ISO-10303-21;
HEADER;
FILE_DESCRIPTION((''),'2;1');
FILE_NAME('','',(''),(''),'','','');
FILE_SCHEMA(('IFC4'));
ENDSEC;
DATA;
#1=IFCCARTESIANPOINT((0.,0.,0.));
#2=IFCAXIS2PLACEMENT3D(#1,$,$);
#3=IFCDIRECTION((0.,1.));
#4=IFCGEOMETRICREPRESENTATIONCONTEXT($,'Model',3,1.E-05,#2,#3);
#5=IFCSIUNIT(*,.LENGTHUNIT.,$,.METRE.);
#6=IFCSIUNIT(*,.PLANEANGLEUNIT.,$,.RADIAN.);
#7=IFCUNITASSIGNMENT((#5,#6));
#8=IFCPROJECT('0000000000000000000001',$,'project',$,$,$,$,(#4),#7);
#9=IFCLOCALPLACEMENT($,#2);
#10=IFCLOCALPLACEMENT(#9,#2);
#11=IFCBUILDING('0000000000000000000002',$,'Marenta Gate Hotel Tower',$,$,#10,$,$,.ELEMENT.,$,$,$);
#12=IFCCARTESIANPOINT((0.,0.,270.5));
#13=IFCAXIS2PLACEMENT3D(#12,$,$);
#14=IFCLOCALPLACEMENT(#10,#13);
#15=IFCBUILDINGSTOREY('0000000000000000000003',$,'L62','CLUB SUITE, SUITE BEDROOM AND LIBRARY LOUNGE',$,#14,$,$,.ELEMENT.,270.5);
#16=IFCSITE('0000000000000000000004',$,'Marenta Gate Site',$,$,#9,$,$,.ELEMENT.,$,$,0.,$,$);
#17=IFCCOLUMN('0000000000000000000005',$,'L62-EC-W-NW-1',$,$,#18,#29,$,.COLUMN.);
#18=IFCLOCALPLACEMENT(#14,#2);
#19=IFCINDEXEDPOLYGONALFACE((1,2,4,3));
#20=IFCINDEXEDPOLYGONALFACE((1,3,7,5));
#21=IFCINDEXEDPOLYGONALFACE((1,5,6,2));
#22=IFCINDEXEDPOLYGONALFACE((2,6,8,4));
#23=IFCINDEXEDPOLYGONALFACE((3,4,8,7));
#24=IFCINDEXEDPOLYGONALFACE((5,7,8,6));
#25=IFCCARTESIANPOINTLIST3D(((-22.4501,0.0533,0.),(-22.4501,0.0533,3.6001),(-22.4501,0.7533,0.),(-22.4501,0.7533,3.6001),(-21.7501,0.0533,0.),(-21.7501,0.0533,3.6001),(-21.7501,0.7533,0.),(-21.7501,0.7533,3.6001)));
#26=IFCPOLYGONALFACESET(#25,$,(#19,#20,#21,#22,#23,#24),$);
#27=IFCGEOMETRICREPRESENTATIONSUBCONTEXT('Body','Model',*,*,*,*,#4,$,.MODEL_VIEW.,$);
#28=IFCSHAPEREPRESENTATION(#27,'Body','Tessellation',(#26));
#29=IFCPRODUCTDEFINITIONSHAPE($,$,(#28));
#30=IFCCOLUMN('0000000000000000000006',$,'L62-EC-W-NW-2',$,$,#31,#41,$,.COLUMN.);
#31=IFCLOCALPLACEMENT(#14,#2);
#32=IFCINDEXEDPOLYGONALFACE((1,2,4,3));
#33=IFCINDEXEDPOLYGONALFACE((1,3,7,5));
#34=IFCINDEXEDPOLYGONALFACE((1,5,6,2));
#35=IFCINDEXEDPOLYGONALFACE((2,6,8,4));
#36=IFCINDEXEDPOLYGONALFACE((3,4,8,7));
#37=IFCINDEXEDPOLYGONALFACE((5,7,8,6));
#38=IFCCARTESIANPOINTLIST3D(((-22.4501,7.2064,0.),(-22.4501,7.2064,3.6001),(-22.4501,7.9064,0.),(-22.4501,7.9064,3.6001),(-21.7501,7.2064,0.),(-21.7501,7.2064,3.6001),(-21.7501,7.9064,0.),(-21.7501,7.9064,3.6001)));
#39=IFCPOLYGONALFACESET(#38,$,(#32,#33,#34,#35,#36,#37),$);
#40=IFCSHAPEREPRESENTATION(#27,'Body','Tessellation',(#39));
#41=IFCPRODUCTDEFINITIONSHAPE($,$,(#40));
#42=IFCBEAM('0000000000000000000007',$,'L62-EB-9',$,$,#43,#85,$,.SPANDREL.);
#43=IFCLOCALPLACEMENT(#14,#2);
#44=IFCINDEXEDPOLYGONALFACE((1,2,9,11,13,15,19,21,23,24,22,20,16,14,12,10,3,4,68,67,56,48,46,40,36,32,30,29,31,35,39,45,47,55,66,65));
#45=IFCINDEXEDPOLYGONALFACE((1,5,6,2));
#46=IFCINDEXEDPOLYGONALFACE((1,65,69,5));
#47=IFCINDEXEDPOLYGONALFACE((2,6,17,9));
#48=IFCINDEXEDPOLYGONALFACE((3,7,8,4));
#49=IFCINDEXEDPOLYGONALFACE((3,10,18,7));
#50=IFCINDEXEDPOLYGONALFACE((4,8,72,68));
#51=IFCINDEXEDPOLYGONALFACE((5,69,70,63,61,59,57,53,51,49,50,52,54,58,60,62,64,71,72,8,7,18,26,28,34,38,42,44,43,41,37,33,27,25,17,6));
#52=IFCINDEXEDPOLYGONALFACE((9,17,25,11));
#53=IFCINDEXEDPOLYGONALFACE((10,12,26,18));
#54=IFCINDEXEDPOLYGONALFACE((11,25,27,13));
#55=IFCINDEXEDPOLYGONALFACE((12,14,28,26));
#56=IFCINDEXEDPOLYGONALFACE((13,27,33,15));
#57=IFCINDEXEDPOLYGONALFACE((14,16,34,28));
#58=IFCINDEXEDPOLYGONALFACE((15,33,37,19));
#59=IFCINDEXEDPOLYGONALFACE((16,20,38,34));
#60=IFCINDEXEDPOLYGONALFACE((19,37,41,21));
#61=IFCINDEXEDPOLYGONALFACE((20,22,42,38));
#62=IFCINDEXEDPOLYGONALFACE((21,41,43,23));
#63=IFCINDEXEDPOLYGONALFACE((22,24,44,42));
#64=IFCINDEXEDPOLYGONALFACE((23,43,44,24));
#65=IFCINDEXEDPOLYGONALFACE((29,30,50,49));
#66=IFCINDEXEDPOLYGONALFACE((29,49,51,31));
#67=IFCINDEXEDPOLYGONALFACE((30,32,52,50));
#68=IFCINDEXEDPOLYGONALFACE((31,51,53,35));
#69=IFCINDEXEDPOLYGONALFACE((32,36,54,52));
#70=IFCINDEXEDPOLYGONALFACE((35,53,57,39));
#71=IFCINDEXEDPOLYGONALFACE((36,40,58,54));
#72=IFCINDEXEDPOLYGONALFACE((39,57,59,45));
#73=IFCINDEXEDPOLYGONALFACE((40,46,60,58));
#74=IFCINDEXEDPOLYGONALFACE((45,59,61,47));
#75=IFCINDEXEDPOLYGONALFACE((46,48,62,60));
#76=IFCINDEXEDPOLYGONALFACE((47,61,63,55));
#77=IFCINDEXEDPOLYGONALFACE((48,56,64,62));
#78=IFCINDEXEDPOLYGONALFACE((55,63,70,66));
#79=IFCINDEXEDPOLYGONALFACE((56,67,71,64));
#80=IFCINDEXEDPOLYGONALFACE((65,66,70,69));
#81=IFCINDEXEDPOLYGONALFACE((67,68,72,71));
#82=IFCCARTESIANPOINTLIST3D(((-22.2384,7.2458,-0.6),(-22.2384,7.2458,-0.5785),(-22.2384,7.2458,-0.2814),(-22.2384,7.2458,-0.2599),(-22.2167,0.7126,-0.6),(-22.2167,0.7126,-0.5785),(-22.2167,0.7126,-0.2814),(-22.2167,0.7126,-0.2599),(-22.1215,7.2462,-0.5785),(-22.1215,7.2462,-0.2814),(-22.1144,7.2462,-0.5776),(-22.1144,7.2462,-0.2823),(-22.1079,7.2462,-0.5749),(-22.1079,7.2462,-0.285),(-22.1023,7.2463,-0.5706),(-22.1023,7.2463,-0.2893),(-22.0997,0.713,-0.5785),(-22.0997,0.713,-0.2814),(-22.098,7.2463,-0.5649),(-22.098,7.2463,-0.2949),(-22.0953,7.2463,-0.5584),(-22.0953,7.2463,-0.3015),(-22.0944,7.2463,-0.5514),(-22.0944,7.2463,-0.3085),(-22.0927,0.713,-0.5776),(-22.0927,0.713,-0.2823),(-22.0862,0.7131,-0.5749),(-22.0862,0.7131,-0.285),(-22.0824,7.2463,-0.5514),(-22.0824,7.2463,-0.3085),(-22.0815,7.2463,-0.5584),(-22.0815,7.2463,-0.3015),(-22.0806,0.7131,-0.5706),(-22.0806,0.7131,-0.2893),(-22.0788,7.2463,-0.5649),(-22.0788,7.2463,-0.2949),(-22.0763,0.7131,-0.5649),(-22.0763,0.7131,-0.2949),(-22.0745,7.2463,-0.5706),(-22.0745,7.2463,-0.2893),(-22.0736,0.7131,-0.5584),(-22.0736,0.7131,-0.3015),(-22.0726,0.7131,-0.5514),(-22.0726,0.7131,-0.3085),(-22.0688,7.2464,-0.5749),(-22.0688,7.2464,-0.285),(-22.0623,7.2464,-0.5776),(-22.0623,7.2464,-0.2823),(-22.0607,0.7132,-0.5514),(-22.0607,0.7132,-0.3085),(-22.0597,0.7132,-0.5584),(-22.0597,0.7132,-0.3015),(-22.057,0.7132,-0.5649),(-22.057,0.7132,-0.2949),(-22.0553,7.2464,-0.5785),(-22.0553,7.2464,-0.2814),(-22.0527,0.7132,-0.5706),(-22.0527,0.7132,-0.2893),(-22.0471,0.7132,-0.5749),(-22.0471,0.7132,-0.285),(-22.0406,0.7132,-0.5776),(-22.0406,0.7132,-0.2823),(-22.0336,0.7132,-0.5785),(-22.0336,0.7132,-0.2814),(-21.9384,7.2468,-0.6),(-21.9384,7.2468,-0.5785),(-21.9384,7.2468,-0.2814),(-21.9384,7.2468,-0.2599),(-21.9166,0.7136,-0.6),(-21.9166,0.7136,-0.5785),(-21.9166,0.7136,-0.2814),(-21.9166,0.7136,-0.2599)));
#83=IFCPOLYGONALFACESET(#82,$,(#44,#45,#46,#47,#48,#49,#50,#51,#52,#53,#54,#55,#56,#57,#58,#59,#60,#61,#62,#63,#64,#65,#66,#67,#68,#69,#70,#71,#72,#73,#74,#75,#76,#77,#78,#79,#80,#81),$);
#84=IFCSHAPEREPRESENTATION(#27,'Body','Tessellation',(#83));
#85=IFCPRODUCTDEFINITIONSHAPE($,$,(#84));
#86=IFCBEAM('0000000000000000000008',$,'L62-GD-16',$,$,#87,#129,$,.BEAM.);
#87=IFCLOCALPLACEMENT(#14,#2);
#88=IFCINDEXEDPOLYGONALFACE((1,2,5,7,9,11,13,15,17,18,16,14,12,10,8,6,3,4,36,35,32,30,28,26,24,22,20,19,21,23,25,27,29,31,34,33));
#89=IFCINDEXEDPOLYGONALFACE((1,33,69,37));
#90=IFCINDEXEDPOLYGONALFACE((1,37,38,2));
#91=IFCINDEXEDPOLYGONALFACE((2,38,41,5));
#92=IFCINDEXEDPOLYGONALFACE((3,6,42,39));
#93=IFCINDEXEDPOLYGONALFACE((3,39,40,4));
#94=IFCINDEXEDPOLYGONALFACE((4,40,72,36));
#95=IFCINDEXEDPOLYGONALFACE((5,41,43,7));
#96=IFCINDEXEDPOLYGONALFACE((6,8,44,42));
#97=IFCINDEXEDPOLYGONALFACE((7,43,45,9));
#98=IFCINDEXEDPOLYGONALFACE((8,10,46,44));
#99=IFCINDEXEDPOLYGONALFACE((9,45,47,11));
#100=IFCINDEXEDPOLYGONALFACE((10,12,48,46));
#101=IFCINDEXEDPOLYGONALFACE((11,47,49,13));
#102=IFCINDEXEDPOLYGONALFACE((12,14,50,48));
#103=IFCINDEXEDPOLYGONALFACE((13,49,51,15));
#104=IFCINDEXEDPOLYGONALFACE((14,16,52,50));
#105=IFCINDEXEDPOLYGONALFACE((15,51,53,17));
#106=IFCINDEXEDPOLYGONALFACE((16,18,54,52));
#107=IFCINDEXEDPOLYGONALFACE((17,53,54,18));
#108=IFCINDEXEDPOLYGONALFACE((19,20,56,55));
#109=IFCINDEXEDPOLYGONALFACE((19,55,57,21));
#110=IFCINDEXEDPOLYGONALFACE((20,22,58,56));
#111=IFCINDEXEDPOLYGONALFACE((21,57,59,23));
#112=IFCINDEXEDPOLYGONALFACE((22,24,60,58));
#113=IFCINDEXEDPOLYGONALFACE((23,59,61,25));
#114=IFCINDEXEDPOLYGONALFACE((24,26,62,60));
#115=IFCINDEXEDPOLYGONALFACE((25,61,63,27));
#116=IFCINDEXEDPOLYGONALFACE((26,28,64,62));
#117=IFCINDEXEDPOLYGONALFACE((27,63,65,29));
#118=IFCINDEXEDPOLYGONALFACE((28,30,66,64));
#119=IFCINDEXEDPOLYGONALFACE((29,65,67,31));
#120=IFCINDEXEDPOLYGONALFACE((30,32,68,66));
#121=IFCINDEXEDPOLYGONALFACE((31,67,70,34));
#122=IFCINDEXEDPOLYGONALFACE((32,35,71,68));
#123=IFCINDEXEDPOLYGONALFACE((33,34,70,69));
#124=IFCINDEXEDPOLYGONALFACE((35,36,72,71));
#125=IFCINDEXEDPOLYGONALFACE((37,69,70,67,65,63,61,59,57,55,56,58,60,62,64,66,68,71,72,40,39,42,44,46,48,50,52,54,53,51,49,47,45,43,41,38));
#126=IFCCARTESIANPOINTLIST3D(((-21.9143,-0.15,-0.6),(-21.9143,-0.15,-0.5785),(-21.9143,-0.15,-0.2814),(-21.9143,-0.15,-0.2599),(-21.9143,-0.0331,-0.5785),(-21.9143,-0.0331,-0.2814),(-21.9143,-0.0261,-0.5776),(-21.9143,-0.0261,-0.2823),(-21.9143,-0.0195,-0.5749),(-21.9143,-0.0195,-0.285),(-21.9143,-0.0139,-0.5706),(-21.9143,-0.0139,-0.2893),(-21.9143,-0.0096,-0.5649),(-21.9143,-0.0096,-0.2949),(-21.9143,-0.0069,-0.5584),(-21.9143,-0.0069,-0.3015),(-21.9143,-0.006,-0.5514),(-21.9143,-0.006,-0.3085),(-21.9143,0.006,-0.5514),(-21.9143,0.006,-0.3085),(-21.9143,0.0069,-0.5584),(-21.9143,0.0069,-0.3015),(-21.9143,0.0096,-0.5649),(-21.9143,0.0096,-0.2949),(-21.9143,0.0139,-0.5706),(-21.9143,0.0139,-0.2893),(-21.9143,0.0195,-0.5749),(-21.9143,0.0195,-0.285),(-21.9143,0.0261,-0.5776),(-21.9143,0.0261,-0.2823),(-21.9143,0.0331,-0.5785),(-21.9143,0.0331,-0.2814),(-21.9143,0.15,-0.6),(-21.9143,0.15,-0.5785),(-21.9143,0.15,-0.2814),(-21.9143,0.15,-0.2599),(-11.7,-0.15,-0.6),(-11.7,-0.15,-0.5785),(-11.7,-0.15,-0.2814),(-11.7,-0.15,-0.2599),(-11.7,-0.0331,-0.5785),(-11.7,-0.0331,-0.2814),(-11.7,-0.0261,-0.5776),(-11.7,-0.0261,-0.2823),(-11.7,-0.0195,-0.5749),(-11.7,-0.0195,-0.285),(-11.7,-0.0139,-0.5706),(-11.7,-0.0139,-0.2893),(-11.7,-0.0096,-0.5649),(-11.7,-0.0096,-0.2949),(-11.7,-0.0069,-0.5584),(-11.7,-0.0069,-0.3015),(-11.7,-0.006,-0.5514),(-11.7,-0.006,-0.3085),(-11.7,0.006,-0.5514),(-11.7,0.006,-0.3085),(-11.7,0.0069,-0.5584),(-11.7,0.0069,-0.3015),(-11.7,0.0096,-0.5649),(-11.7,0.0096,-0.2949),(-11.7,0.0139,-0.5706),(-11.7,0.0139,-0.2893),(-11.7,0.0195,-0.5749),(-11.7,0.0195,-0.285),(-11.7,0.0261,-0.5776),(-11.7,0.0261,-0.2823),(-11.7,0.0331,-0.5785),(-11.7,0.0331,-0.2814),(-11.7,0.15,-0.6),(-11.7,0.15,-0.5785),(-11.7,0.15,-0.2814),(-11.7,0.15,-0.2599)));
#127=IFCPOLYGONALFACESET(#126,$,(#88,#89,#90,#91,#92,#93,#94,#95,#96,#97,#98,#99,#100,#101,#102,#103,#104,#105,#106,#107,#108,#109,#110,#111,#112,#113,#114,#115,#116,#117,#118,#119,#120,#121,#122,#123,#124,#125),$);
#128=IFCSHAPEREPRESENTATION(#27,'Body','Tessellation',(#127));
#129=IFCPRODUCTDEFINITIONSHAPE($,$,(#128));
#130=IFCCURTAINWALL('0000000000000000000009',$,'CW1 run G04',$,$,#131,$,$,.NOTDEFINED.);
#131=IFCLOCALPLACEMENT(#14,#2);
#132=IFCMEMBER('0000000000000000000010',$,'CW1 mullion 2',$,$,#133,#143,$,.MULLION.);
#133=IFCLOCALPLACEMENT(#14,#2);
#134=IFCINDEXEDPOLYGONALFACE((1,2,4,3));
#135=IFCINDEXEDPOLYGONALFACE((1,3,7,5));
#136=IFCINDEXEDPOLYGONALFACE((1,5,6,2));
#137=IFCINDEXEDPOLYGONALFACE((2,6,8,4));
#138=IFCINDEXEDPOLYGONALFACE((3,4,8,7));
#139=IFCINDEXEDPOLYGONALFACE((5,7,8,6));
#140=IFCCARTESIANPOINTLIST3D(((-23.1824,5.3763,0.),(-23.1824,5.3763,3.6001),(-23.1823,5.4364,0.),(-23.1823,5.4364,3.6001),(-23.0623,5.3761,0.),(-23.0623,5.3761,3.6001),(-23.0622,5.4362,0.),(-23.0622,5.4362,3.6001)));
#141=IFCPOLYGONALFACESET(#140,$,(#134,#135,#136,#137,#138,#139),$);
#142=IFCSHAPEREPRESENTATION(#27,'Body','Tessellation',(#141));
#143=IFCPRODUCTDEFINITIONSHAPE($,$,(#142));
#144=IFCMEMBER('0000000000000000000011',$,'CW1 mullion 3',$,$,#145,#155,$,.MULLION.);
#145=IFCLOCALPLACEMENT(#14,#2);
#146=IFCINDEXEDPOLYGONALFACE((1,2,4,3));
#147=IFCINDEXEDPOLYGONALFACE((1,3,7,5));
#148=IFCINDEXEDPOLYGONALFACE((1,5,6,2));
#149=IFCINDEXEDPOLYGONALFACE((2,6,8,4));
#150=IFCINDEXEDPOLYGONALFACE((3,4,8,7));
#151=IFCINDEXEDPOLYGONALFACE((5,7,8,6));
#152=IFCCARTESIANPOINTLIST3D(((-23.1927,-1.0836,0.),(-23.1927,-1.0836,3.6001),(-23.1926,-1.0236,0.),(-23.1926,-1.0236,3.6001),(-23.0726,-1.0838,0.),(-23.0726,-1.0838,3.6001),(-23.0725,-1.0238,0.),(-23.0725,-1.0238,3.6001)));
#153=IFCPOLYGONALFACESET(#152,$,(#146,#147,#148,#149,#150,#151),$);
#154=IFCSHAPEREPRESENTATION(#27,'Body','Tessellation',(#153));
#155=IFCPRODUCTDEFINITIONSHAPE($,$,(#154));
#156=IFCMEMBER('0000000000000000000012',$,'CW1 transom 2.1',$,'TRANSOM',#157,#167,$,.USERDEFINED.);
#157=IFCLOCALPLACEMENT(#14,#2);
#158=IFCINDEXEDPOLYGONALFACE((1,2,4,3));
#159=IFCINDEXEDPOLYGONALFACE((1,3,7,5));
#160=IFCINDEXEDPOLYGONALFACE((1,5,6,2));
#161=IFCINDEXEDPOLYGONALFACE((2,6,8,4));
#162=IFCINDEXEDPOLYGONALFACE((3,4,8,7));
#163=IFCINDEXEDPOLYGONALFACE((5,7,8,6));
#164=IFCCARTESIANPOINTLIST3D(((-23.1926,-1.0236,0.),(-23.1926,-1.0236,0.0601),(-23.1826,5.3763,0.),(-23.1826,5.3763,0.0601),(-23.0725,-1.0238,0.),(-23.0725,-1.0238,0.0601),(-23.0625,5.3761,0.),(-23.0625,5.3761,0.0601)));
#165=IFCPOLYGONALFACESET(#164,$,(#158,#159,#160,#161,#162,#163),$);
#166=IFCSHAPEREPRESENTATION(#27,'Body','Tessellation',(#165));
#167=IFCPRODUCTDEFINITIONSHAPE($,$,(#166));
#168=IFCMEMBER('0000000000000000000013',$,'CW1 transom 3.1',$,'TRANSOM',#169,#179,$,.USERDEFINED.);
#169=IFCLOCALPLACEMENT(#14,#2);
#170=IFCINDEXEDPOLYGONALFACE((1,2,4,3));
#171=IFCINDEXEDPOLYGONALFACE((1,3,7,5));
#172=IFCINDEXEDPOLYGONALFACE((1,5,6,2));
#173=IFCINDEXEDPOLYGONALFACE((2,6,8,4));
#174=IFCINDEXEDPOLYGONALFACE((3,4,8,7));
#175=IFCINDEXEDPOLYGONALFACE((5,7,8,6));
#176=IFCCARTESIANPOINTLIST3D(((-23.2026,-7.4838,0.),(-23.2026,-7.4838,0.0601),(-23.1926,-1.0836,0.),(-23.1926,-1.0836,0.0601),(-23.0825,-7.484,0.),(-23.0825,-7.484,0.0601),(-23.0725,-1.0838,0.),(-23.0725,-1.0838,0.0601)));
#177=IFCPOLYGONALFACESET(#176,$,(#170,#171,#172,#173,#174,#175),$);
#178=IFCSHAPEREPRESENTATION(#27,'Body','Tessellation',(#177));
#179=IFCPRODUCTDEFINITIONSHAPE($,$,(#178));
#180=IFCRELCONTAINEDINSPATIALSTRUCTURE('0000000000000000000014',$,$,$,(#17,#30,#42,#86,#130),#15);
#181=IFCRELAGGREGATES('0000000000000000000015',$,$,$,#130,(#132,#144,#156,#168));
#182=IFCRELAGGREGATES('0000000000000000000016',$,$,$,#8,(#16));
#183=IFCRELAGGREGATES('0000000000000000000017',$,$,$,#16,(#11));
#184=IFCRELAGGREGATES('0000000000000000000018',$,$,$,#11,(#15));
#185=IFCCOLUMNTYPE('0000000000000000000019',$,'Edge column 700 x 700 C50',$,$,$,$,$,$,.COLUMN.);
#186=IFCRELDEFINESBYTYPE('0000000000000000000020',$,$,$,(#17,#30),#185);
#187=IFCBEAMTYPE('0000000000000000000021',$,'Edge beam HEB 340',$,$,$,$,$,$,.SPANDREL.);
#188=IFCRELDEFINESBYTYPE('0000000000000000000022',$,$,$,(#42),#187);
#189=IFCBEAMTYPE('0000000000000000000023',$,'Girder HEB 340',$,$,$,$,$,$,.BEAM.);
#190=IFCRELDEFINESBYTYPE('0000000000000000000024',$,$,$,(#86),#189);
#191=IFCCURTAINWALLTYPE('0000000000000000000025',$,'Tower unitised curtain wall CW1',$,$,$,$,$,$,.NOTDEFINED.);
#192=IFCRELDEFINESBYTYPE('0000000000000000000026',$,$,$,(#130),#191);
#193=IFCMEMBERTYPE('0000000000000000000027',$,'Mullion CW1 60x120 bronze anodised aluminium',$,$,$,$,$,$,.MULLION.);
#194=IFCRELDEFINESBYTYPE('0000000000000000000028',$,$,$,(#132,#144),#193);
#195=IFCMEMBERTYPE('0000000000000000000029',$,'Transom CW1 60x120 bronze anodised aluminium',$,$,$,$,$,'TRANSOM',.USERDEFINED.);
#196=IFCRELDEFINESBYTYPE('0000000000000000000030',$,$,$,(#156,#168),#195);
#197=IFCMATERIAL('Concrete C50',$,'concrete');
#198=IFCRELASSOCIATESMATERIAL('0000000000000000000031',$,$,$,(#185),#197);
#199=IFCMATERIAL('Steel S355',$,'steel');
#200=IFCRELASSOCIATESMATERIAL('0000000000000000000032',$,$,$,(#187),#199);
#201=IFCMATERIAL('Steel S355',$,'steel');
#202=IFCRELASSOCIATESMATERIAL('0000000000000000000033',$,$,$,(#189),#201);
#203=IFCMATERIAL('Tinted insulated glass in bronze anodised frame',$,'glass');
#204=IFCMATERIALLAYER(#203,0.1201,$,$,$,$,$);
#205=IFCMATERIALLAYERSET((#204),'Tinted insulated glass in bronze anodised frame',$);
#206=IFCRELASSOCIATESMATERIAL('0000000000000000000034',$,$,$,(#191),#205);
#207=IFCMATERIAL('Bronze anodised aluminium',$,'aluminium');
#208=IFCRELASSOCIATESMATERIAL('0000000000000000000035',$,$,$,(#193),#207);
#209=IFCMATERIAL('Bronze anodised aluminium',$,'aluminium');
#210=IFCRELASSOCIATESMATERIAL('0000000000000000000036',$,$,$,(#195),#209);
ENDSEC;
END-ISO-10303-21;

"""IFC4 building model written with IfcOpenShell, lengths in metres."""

from ifc_helpers import new_model, si_unit, direction, frame, origin, origin_2d, place, context, subcontext, project, spatial, rectangle, i_section, extrude, material, layer, layer_set, material_profile, profile_set, type_object, element, aggregate, save


model = new_model("IFC4")

# Units and contexts
model_context = context("Model", 3, precision=1e-05, world=origin(), true_north=direction((0.0, 1.0)))
body_context = subcontext(model_context, "Body", "Model", "MODEL_VIEW")
ifc_project = project(units=[si_unit("LENGTHUNIT", "METRE"), si_unit("PLANEANGLEUNIT", "RADIAN")], contexts=[model_context])

# Site, building, storey
site_placement = place(None, origin())
site = spatial("IfcSite", under=ifc_project, at=site_placement, Name="Marenta Gate Site", CompositionType="ELEMENT", RefElevation=0.0)
building_placement = place(site_placement, origin())
building = spatial("IfcBuilding", under=site, at=building_placement, Name="Marenta Gate Hotel Tower", CompositionType="ELEMENT")
storey_placement = place(building_placement, frame((0.0, 0.0, 270.5)))
storey = spatial("IfcBuildingStorey", under=building, at=storey_placement, Name="L62", Description="CLUB SUITE, SUITE BEDROOM AND LIBRARY LOUNGE", CompositionType="ELEMENT", Elevation=270.5)

# Columns
ifc_material_1 = material(Name="Concrete C50", Category="concrete")
ifc_material_profile_1 = material_profile(ifc_material_1, rectangle(XDim=0.7, YDim=0.7, at=origin_2d()), Name="700 x 700")
ifc_profile_set_1 = profile_set([ifc_material_profile_1], Name="Concrete C50")
column_type = type_object("IfcColumnType", Name="Edge column 700 x 700 C50", PredefinedType="COLUMN", material=ifc_profile_set_1)
for number, where, z_axis, x_axis, name in (
    (1, (-22.1001, 0.4033, 0.0), (0.0, 0.0, 1.0), (1.0, 0.0, 0.0), "L62-EC-W-NW-1"),
    (2, (-22.1001, 7.5564, 0.0), (0.0, 0.0, 1.0), (1.0, 0.0, 0.0), "L62-EC-W-NW-2"),
):
    element("IfcColumn", number, at=place(storey_placement, frame(where, z_axis=z_axis, x_axis=x_axis)), inside=storey, type_object=column_type, Name=name, PredefinedType="COLUMN", context=body_context, shape_type="SweptSolid", body=[
        extrude(rectangle(XDim=0.7, YDim=0.7, at=origin_2d()), origin(), (0.0, 0.0, 1.0), 3.6001),
    ])

# Beams
ifc_material_2 = material(Name="Steel S355", Category="steel")
ifc_material_profile_2 = material_profile(ifc_material_2, i_section(OverallWidth=0.3, OverallDepth=0.3401, WebThickness=0.012, FlangeThickness=0.0215, FilletRadius=0.0271, at=origin_2d()), Name="HEB 340")
ifc_profile_set_2 = profile_set([ifc_material_profile_2], Name="Steel S355")
beam_type_1 = type_object("IfcBeamType", Name="Edge beam HEB 340", PredefinedType="SPANDREL", material=ifc_profile_set_2)
beam_1_placement = place(storey_placement, frame((-22.0667, 0.7131, -0.4299), z_axis=(-0.003326, 0.999994, 0.0), x_axis=(-0.999994, -0.003326, 0.0)))
element("IfcBeam", 3, at=beam_1_placement, inside=storey, type_object=beam_type_1, Name="L62-EB-9", PredefinedType="SPANDREL", context=body_context, shape_type="SweptSolid", body=[
    extrude(i_section(OverallWidth=0.3, OverallDepth=0.3401, WebThickness=0.012, FlangeThickness=0.0215, FilletRadius=0.0271, at=origin_2d()), origin(), (0.0, 0.0, 1.0), 6.5332),
])
ifc_material_3 = material(Name="Steel S355", Category="steel")
ifc_material_profile_3 = material_profile(ifc_material_3, i_section(OverallWidth=0.3, OverallDepth=0.3401, WebThickness=0.012, FlangeThickness=0.0215, FilletRadius=0.0271, at=origin_2d()), Name="HEB 340")
ifc_profile_set_3 = profile_set([ifc_material_profile_3], Name="Steel S355")
beam_type_2 = type_object("IfcBeamType", Name="Girder HEB 340", PredefinedType="BEAM", material=ifc_profile_set_3)
beam_2_placement = place(storey_placement, frame((-21.9143, 0.0, -0.4299), z_axis=(1.0, 0.0, 0.0), x_axis=(0.0, 1.0, 0.0)))
element("IfcBeam", 4, at=beam_2_placement, inside=storey, type_object=beam_type_2, Name="L62-GD-16", PredefinedType="BEAM", context=body_context, shape_type="SweptSolid", body=[
    extrude(i_section(OverallWidth=0.3, OverallDepth=0.3401, WebThickness=0.012, FlangeThickness=0.0215, FilletRadius=0.0271, at=origin_2d()), origin(), (0.0, 0.0, 1.0), 10.2144),
])

# Curtain wall, members
ifc_material_4 = material(Name="Tinted insulated glass in bronze anodised frame", Category="glass")
ifc_layer_1 = layer(ifc_material_4, 0.1201)
ifc_layer_set_1 = layer_set([ifc_layer_1], Name="Tinted insulated glass in bronze anodised frame")
curtain_wall_type = type_object("IfcCurtainWallType", Name="Tower unitised curtain wall CW1", PredefinedType="NOTDEFINED", material=ifc_layer_set_1)
curtain_wall_placement = place(storey_placement, origin())
curtain_wall = element("IfcCurtainWall", 5, at=curtain_wall_placement, inside=storey, type_object=curtain_wall_type, Name="CW1 run G04", PredefinedType="NOTDEFINED")
ifc_material_5 = material(Name="Bronze anodised aluminium", Category="aluminium")
ifc_material_profile_4 = material_profile(ifc_material_5, rectangle(XDim=0.1201, YDim=0.0601, at=origin_2d()), Name="Mullion CW1 60x120 bronze anodised aluminium")
ifc_profile_set_4 = profile_set([ifc_material_profile_4], Name="Bronze anodised aluminium")
member_type_1 = type_object("IfcMemberType", Name="Mullion CW1 60x120 bronze anodised aluminium", PredefinedType="MULLION", material=ifc_profile_set_4)
member_1_placement = place(storey_placement, frame((-23.1223, 5.4062, 0.0), z_axis=(0.0, 0.0, 1.0), x_axis=(0.999999, -0.001566, 0.0)))
member_1 = element("IfcMember", 6, at=member_1_placement, type_object=member_type_1, Name="CW1 mullion 2", PredefinedType="MULLION", context=body_context, shape_type="SweptSolid", body=[
    extrude(rectangle(XDim=0.1201, YDim=0.0601, at=origin_2d()), origin(), (0.0, 0.0, 1.0), 3.6001),
])
member_2_placement = place(storey_placement, frame((-23.1326, -1.0537, 0.0), z_axis=(0.0, 0.0, 1.0), x_axis=(0.999999, -0.001566, 0.0)))
member_2 = element("IfcMember", 7, at=member_2_placement, type_object=member_type_1, Name="CW1 mullion 3", PredefinedType="MULLION", context=body_context, shape_type="SweptSolid", body=[
    extrude(rectangle(XDim=0.1201, YDim=0.0601, at=origin_2d()), origin(), (0.0, 0.0, 1.0), 3.6001),
])
ifc_material_6 = material(Name="Bronze anodised aluminium", Category="aluminium")
ifc_material_profile_5 = material_profile(ifc_material_6, rectangle(XDim=0.1201, YDim=0.0601, at=origin_2d()), Name="Transom CW1 60x120 bronze anodised aluminium")
ifc_profile_set_5 = profile_set([ifc_material_profile_5], Name="Bronze anodised aluminium")
member_type_2 = type_object("IfcMemberType", Name="Transom CW1 60x120 bronze anodised aluminium", ElementType="TRANSOM", PredefinedType="USERDEFINED", material=ifc_profile_set_5)
member_3_placement = place(storey_placement, frame((-23.1226, 5.3762, 0.03), z_axis=(-0.001564, -0.999999, 0.0), x_axis=(0.999999, -0.001564, 0.0)))
member_3 = element("IfcMember", 8, at=member_3_placement, type_object=member_type_2, Name="CW1 transom 2.1", ObjectType="TRANSOM", PredefinedType="USERDEFINED", context=body_context, shape_type="SweptSolid", body=[
    extrude(rectangle(XDim=0.1201, YDim=0.0601, at=origin_2d()), origin(), (0.0, 0.0, 1.0), 6.3999),
])
member_4_placement = place(storey_placement, frame((-23.1326, -1.0837, 0.03), z_axis=(-0.001564, -0.999999, 0.0), x_axis=(0.999999, -0.001564, 0.0)))
member_4 = element("IfcMember", 9, at=member_4_placement, type_object=member_type_2, Name="CW1 transom 3.1", ObjectType="TRANSOM", PredefinedType="USERDEFINED", context=body_context, shape_type="SweptSolid", body=[
    extrude(rectangle(XDim=0.1201, YDim=0.0601, at=origin_2d()), origin(), (0.0, 0.0, 1.0), 6.4001),
])
aggregate(curtain_wall, [member_1, member_2, member_3, member_4])

save(model, "model.ifc")
